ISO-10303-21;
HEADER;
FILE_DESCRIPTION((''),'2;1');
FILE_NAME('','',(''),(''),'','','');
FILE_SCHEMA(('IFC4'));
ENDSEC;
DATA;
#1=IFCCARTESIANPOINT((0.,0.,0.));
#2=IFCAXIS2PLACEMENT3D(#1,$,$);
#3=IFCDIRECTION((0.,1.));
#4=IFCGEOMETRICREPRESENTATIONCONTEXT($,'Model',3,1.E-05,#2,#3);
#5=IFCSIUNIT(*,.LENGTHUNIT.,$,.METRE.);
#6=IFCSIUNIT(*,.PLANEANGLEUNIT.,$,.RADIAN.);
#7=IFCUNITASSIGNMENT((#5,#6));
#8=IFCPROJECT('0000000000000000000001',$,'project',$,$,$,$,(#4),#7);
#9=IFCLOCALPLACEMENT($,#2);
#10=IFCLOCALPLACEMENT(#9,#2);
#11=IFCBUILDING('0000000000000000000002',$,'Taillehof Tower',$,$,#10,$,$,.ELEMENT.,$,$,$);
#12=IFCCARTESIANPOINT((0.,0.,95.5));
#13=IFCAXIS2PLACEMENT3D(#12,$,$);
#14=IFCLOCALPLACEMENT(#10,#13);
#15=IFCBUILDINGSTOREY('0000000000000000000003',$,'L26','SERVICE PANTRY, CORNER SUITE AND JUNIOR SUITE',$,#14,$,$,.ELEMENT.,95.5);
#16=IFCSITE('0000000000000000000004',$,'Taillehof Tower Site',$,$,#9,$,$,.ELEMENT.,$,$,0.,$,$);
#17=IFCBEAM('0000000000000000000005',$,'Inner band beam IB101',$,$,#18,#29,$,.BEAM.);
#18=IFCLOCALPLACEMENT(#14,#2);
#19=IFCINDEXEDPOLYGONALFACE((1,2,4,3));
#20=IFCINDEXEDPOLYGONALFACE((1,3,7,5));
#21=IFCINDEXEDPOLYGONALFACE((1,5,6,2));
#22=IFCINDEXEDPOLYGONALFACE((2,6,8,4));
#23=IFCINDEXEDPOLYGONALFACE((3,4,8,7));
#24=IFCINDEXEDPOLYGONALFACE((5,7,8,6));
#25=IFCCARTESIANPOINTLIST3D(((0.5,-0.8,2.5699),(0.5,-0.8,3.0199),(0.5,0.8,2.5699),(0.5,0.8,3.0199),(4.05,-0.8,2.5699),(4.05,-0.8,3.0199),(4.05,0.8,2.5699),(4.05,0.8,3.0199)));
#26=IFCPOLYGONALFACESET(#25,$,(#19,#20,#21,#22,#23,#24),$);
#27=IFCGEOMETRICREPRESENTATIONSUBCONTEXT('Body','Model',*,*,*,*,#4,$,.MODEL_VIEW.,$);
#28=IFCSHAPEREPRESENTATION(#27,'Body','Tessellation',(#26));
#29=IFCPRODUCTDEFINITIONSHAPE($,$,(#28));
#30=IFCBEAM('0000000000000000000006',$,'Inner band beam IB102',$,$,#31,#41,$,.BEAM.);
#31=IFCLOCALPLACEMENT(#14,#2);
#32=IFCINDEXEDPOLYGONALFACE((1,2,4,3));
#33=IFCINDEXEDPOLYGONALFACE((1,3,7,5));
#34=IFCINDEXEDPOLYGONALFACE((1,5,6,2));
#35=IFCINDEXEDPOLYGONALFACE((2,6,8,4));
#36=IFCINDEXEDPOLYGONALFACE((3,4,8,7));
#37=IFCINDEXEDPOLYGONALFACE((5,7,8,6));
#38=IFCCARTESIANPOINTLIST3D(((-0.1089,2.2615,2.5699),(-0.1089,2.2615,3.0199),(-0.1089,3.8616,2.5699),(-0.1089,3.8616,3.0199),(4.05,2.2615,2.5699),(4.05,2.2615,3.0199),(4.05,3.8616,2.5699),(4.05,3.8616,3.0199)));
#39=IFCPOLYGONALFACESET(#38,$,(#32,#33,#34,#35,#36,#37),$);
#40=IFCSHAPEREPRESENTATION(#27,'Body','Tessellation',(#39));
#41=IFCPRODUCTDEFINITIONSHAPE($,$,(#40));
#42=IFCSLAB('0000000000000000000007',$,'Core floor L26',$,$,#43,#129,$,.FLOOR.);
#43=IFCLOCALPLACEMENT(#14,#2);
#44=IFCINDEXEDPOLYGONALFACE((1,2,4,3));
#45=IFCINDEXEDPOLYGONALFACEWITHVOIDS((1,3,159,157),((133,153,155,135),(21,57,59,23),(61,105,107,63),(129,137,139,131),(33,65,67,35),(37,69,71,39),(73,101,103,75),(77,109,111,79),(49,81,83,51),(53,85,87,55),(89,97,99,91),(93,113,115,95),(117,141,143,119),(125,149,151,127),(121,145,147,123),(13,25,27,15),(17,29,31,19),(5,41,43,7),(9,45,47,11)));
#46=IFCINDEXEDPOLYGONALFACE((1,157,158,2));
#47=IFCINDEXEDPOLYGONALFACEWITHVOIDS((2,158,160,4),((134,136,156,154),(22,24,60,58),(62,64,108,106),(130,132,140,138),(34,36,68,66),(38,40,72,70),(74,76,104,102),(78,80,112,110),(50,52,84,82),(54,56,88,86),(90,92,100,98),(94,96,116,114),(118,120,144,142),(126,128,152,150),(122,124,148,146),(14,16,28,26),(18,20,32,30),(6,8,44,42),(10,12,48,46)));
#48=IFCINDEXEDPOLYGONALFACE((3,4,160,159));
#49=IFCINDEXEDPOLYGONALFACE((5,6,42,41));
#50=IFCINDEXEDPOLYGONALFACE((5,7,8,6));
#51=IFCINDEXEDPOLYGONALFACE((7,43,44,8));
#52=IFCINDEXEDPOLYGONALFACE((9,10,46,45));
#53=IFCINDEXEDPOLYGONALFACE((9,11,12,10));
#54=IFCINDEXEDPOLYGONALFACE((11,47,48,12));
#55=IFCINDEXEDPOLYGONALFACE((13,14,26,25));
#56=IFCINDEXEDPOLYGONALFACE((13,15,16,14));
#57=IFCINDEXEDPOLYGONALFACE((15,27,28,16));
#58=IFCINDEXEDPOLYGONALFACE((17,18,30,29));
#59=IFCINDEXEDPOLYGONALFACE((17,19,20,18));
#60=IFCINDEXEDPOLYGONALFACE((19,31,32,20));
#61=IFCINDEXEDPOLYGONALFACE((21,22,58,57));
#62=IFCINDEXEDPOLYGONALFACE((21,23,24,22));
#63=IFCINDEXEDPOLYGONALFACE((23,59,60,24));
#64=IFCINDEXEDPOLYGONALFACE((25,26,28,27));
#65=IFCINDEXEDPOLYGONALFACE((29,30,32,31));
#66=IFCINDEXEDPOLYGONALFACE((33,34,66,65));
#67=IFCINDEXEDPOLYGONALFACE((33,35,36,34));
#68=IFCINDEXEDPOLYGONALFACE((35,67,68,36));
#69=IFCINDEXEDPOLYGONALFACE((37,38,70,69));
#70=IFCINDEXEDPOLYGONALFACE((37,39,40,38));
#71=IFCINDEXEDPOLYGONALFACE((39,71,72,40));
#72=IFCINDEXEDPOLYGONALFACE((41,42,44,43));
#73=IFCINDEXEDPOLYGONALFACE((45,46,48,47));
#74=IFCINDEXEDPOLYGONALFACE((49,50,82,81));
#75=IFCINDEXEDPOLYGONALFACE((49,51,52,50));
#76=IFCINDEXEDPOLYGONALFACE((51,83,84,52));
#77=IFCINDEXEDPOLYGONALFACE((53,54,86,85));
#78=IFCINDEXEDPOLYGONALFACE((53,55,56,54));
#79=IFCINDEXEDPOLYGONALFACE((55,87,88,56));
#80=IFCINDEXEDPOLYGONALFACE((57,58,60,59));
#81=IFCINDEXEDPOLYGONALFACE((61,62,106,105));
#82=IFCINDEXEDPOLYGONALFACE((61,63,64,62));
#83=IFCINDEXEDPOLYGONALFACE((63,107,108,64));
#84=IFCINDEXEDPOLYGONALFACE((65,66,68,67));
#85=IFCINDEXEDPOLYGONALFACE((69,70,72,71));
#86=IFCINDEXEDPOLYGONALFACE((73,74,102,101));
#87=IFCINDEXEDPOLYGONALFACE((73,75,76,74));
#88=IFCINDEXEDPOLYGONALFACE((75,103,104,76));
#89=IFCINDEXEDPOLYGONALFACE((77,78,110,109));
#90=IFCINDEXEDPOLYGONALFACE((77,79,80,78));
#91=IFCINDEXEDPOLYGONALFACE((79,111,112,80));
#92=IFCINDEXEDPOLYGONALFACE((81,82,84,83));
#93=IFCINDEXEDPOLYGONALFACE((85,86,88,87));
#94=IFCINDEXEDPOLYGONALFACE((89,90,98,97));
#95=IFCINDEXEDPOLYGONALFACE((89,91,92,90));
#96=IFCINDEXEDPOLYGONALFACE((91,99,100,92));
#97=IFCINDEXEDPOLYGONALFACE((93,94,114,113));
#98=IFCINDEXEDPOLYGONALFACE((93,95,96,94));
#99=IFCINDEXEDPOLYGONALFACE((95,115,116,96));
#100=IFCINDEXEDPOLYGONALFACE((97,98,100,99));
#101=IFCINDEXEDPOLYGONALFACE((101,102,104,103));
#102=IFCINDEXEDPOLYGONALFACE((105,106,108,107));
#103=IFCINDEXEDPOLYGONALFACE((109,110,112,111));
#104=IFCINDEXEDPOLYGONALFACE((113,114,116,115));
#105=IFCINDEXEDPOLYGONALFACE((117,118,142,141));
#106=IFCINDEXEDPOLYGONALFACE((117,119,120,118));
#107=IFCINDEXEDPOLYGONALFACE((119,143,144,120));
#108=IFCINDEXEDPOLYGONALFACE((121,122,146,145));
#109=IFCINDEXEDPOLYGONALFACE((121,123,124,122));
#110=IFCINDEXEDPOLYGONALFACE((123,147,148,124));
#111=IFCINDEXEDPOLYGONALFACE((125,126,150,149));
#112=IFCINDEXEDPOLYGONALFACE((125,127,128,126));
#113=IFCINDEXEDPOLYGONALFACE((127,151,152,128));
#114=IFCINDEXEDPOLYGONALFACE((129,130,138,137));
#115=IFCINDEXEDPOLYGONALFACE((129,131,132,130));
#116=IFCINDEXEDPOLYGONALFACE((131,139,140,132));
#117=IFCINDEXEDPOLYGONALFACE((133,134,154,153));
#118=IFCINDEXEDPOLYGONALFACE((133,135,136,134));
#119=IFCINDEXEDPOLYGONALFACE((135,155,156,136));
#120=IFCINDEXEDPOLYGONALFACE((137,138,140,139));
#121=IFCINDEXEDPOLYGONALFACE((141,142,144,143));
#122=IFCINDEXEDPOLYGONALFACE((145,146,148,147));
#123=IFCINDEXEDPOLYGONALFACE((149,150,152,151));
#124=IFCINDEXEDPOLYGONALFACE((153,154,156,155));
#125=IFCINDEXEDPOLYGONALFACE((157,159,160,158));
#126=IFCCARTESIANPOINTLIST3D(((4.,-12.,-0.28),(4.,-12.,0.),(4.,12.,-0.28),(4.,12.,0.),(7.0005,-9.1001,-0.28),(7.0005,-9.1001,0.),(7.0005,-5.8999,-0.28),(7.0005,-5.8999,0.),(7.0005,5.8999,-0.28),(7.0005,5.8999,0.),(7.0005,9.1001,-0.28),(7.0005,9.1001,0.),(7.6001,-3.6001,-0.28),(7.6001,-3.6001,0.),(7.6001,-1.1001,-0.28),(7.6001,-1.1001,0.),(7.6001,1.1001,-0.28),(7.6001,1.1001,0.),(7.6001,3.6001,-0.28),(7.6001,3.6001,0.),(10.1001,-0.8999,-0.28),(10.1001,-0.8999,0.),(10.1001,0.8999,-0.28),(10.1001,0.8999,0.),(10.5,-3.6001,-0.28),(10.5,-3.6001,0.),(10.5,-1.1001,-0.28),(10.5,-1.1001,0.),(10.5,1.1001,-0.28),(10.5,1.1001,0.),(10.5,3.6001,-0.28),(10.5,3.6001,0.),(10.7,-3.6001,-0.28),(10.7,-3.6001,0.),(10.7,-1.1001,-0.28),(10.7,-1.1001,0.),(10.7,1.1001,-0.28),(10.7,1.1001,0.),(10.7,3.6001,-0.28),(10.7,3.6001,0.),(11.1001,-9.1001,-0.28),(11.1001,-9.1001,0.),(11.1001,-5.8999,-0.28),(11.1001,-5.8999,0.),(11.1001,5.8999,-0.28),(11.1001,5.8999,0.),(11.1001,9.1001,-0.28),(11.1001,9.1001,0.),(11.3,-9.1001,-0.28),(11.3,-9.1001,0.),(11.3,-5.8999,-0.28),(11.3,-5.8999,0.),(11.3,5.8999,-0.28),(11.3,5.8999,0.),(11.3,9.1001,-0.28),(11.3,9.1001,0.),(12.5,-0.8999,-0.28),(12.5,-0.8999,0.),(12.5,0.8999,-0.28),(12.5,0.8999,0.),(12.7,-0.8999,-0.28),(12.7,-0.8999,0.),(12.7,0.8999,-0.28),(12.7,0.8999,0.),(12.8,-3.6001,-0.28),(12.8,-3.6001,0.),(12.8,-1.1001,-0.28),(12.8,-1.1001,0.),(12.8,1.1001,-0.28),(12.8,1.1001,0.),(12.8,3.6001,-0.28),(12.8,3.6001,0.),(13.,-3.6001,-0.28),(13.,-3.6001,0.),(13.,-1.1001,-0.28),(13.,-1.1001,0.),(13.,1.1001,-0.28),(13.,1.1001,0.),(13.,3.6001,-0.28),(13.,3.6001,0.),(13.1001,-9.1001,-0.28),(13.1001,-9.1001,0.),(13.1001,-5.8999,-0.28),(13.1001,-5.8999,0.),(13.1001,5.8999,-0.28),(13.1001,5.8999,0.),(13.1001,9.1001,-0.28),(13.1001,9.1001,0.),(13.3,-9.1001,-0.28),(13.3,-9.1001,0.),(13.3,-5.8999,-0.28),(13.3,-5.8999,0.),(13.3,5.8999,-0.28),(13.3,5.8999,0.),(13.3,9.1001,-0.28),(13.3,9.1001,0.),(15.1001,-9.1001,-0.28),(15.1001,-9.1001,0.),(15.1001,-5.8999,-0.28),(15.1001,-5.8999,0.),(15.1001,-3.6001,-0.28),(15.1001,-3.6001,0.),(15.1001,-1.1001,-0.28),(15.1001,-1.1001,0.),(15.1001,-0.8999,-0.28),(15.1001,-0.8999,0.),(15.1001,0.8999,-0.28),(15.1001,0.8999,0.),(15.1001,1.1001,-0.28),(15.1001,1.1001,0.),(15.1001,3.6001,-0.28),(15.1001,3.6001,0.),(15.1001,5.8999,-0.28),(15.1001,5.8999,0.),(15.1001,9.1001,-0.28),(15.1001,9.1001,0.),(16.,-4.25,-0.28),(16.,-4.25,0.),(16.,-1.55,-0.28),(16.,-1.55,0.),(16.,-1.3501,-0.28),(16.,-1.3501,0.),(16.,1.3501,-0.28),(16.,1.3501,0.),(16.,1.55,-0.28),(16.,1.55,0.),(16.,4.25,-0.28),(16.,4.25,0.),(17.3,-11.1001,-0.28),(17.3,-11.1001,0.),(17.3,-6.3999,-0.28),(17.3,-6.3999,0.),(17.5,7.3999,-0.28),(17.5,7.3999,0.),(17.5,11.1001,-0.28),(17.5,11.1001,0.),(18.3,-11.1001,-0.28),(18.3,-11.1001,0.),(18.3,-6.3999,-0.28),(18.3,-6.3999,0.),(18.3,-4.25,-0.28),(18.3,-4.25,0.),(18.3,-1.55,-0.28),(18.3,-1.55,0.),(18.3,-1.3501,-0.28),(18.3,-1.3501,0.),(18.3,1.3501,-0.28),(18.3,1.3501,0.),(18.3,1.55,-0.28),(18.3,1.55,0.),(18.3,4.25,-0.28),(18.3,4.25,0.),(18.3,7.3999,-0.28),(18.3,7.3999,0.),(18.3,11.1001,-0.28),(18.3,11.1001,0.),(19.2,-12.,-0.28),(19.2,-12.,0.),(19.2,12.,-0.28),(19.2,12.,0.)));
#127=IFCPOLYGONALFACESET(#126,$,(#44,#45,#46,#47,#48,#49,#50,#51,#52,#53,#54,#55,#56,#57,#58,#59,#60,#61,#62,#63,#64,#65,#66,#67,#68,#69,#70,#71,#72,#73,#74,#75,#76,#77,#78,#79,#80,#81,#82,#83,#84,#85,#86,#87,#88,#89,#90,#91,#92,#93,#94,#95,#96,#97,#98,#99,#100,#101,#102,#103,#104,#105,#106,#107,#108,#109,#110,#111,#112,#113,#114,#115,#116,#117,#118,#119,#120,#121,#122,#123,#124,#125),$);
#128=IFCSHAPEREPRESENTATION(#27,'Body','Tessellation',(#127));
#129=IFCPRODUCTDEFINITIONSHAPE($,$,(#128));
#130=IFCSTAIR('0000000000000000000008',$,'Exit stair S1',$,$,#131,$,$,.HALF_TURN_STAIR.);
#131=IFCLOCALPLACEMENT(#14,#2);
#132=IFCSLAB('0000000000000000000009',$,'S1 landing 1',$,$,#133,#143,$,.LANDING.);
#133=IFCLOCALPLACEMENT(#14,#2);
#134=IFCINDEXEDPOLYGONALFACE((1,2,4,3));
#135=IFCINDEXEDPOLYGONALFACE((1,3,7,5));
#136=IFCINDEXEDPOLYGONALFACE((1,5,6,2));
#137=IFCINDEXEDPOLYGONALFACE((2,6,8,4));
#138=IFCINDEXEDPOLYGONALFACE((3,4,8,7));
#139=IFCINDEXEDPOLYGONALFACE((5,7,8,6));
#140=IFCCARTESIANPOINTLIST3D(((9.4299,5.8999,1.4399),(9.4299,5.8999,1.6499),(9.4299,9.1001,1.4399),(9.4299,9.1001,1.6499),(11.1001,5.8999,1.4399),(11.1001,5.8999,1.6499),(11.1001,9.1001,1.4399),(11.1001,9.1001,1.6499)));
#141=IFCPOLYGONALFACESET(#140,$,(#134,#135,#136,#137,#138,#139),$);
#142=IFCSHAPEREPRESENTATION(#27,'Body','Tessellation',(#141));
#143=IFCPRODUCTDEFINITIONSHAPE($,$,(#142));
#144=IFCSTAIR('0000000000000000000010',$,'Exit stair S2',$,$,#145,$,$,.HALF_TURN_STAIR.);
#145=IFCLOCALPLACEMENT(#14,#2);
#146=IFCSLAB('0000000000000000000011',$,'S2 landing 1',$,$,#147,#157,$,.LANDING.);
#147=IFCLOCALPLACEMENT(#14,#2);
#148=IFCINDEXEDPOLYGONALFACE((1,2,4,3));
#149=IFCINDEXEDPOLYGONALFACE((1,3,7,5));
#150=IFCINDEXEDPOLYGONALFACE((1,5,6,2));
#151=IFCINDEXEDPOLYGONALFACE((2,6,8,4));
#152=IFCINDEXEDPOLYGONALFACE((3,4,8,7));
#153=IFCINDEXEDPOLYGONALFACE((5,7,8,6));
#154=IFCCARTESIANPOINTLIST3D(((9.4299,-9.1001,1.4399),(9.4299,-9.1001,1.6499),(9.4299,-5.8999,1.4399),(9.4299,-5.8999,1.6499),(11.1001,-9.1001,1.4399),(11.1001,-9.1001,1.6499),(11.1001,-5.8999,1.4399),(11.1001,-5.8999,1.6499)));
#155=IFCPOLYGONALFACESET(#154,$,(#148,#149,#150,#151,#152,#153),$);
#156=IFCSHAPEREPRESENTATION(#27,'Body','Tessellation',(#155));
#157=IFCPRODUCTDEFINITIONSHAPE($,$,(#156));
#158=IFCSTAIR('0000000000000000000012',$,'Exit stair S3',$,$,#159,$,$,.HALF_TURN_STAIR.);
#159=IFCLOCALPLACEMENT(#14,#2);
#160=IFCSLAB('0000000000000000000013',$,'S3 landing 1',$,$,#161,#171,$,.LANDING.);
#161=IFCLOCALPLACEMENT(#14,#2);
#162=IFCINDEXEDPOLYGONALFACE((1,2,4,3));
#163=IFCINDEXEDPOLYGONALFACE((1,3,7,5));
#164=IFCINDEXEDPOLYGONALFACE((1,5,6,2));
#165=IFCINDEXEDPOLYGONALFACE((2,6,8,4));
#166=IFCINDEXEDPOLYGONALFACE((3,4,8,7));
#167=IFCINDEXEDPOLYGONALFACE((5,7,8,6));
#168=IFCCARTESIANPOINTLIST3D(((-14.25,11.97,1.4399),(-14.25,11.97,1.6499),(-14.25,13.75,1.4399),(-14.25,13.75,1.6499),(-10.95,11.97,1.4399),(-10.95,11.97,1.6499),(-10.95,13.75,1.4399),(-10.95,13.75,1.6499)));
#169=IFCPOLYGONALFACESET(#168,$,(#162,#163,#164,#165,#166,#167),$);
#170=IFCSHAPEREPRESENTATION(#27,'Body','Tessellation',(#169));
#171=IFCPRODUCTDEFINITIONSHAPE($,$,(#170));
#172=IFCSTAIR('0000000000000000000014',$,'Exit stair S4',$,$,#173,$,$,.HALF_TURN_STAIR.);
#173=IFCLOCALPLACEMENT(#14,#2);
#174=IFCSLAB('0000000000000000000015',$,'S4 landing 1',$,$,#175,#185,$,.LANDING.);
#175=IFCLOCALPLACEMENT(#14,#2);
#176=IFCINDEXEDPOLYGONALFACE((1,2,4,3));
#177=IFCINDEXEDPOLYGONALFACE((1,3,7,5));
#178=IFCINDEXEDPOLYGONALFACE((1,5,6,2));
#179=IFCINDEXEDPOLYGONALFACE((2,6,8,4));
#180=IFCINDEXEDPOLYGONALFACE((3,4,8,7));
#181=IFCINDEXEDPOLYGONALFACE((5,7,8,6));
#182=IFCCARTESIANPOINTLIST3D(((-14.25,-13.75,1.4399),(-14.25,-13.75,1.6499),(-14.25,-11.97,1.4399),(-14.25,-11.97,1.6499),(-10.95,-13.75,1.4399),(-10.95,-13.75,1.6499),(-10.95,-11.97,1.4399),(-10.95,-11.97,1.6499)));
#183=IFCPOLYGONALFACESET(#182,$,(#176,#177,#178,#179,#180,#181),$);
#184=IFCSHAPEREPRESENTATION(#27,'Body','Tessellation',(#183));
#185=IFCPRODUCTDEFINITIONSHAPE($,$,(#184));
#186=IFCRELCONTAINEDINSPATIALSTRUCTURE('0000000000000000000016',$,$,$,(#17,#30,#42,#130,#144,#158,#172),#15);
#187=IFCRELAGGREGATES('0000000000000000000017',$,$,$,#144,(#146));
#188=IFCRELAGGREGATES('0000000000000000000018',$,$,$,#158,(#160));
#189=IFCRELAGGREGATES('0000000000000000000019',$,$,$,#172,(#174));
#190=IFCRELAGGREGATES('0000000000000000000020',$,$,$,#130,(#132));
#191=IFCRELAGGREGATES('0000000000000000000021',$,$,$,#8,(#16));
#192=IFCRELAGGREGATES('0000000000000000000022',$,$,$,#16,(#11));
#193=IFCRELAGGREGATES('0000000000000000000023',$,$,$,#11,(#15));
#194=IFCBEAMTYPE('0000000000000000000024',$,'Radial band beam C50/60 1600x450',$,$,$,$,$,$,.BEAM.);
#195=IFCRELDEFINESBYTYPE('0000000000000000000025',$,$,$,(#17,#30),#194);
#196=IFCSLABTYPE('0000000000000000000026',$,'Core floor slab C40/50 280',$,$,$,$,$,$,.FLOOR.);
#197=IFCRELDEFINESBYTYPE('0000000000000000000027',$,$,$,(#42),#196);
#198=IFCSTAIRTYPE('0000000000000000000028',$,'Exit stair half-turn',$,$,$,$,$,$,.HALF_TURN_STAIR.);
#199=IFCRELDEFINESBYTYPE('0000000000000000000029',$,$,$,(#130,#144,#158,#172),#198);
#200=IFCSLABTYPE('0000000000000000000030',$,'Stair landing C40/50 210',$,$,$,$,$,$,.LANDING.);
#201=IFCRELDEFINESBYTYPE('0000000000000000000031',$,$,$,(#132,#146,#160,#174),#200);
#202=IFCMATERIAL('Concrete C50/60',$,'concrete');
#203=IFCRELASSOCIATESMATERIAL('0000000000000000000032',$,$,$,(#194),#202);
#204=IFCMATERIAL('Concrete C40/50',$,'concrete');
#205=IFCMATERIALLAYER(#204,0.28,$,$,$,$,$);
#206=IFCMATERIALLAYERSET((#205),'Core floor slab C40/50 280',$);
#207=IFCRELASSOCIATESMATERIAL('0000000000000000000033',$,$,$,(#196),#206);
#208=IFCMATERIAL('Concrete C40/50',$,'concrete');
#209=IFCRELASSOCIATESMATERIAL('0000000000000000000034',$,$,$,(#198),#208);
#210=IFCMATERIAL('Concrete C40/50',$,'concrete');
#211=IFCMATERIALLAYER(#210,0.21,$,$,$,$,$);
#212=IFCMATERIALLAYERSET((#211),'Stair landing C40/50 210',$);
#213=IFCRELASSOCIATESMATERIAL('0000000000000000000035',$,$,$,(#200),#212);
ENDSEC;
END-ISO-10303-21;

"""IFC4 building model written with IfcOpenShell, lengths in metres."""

from ifc_helpers import new_model, si_unit, direction, frame, origin, origin_2d, place, context, subcontext, project, spatial, polyline, rectangle, outline, extrude, material, layer, layer_set, material_profile, profile_set, type_object, element, aggregate, save


model = new_model("IFC4")

# Units and contexts
model_context = context("Model", 3, precision=1e-05, world=origin(), true_north=direction((0.0, 1.0)))
body_context = subcontext(model_context, "Body", "Model", "MODEL_VIEW")
ifc_project = project(units=[si_unit("LENGTHUNIT", "METRE"), si_unit("PLANEANGLEUNIT", "RADIAN")], contexts=[model_context])

# Site, building, storey
site_placement = place(None, origin())
site = spatial("IfcSite", under=ifc_project, at=site_placement, Name="Taillehof Tower Site", CompositionType="ELEMENT", RefElevation=0.0)
building_placement = place(site_placement, origin())
building = spatial("IfcBuilding", under=site, at=building_placement, Name="Taillehof Tower", CompositionType="ELEMENT")
storey_placement = place(building_placement, frame((0.0, 0.0, 95.5)))
storey = spatial("IfcBuildingStorey", under=building, at=storey_placement, Name="L26", Description="SERVICE PANTRY, CORNER SUITE AND JUNIOR SUITE", CompositionType="ELEMENT", Elevation=95.5)

# Beams
ifc_material_1 = material(Name="Concrete C50/60", Category="concrete")
ifc_material_profile = material_profile(ifc_material_1, rectangle(XDim=1.6001, YDim=0.45, at=origin_2d()), Name="RC 1600x450")
ifc_profile_set = profile_set([ifc_material_profile], Name="Concrete C50/60")
beam_type = type_object("IfcBeamType", Name="Radial band beam C50/60 1600x450", PredefinedType="BEAM", material=ifc_profile_set)
beam_1_placement = place(storey_placement, frame((0.5, 0.0, 2.7949), z_axis=(1.0, 0.0, 0.0), x_axis=(0.0, 1.0, 0.0)))
element("IfcBeam", 1, at=beam_1_placement, inside=storey, type_object=beam_type, Name="Inner band beam IB101", PredefinedType="BEAM", context=body_context, shape_type="SweptSolid", body=[
    extrude(rectangle(XDim=1.6001, YDim=0.45, at=origin_2d()), origin(), (0.0, 0.0, 1.0), 3.55),
])
beam_2_placement = place(storey_placement, frame((-0.1089, 3.0615, 2.7949), z_axis=(1.0, 0.0, 0.0), x_axis=(0.0, 1.0, 0.0)))
element("IfcBeam", 2, at=beam_2_placement, inside=storey, type_object=beam_type, Name="Inner band beam IB102", PredefinedType="BEAM", context=body_context, shape_type="SweptSolid", body=[
    extrude(rectangle(XDim=1.6001, YDim=0.45, at=origin_2d()), origin(), (0.0, 0.0, 1.0), 4.1589),
])

# Slab
ifc_material_2 = material(Name="Concrete C40/50", Category="concrete")
ifc_layer_1 = layer(ifc_material_2, 0.28)
ifc_layer_set_1 = layer_set([ifc_layer_1], Name="Core floor slab C40/50 280")
slab_type_1 = type_object("IfcSlabType", Name="Core floor slab C40/50 280", PredefinedType="FLOOR", material=ifc_layer_set_1)
slab_1_placement = place(storey_placement, frame((0.0, 0.0, -0.28)))
element("IfcSlab", 3, at=slab_1_placement, inside=storey, type_object=slab_type_1, Name="Core floor L26", PredefinedType="FLOOR", context=body_context, shape_type="SweptSolid", body=[
    extrude(outline(polyline([(4.0, -12.0), (4.0, 12.0), (19.2, 12.0), (19.2, -12.0), (4.0, -12.0)]), holes=[polyline([(7.0005, -9.1001), (11.1001, -9.1001), (11.1001, -5.8999), (7.0005, -5.8999), (7.0005, -9.1001)]), polyline([(13.1001, -9.1001), (13.1001, -5.8999), (11.3, -5.8999), (11.3, -9.1001), (13.1001, -9.1001)]), polyline([(10.5, -3.6001), (10.5, -1.1001), (7.6001, -1.1001), (7.6001, -3.6001), (10.5, -3.6001)]), polyline([(12.8, -3.6001), (12.8, -1.1001), (10.7, -1.1001), (10.7, -3.6001), (12.8, -3.6001)]), polyline([(12.5, -0.8999), (12.5, 0.8999), (10.1001, 0.8999), (10.1001, -0.8999), (12.5, -0.8999)]), polyline([(15.1001, -0.8999), (15.1001, 0.8999), (12.7, 0.8999), (12.7, -0.8999), (15.1001, -0.8999)]), polyline([(10.5, 1.1001), (10.5, 3.6001), (7.6001, 3.6001), (7.6001, 1.1001), (10.5, 1.1001)]), polyline([(10.7, 1.1001), (12.8, 1.1001), (12.8, 3.6001), (10.7, 3.6001), (10.7, 1.1001)]), polyline([(11.3, 5.8999), (13.1001, 5.8999), (13.1001, 9.1001), (11.3, 9.1001), (11.3, 5.8999)]), polyline([(11.1001, 5.8999), (11.1001, 9.1001), (7.0005, 9.1001), (7.0005, 5.8999), (11.1001, 5.8999)]), polyline([(18.3, -11.1001), (18.3, -6.3999), (17.3, -6.3999), (17.3, -11.1001), (18.3, -11.1001)]), polyline([(15.1001, -9.1001), (15.1001, -5.8999), (13.3, -5.8999), (13.3, -9.1001), (15.1001, -9.1001)]), polyline([(16.0, -4.25), (18.3, -4.25), (18.3, -1.55), (16.0, -1.55), (16.0, -4.25)]), polyline([(13.0, -3.6001), (15.1001, -3.6001), (15.1001, -1.1001), (13.0, -1.1001), (13.0, -3.6001)]), polyline([(18.3, -1.3501), (18.3, 1.3501), (16.0, 1.3501), (16.0, -1.3501), (18.3, -1.3501)]), polyline([(15.1001, 1.1001), (15.1001, 3.6001), (13.0, 3.6001), (13.0, 1.1001), (15.1001, 1.1001)]), polyline([(18.3, 1.55), (18.3, 4.25), (16.0, 4.25), (16.0, 1.55), (18.3, 1.55)]), polyline([(13.3, 5.8999), (15.1001, 5.8999), (15.1001, 9.1001), (13.3, 9.1001), (13.3, 5.8999)]), polyline([(17.5, 7.3999), (18.3, 7.3999), (18.3, 11.1001), (17.5, 11.1001), (17.5, 7.3999)])]), origin(), (0.0, 0.0, 1.0), 0.28),
])

# Stairs, slabs
ifc_material_3 = material(Name="Concrete C40/50", Category="concrete")
stair_type = type_object("IfcStairType", Name="Exit stair half-turn", PredefinedType="HALF_TURN_STAIR", material=ifc_material_3)
stair_1_placement = place(storey_placement, origin())
stair_1 = element("IfcStair", 4, at=stair_1_placement, inside=storey, type_object=stair_type, Name="Exit stair S1", PredefinedType="HALF_TURN_STAIR")
ifc_material_4 = material(Name="Concrete C40/50", Category="concrete")
ifc_layer_2 = layer(ifc_material_4, 0.21)
ifc_layer_set_2 = layer_set([ifc_layer_2], Name="Stair landing C40/50 210")
slab_type_2 = type_object("IfcSlabType", Name="Stair landing C40/50 210", PredefinedType="LANDING", material=ifc_layer_set_2)
slab_2_placement = place(storey_placement, frame((0.0, 0.0, 1.4399)))
slab_2 = element("IfcSlab", 5, at=slab_2_placement, type_object=slab_type_2, Name="S1 landing 1", PredefinedType="LANDING", context=body_context, shape_type="SweptSolid", body=[
    extrude(outline(polyline([(9.4299, 5.8999), (11.1001, 5.8999), (11.1001, 9.1001), (9.4299, 9.1001), (9.4299, 5.8999)])), origin(), (0.0, 0.0, 1.0), 0.21),
])
stair_2_placement = place(storey_placement, origin())
stair_2 = element("IfcStair", 6, at=stair_2_placement, inside=storey, type_object=stair_type, Name="Exit stair S2", PredefinedType="HALF_TURN_STAIR")
slab_3_placement = place(storey_placement, frame((0.0, 0.0, 1.4399)))
slab_3 = element("IfcSlab", 7, at=slab_3_placement, type_object=slab_type_2, Name="S2 landing 1", PredefinedType="LANDING", context=body_context, shape_type="SweptSolid", body=[
    extrude(outline(polyline([(9.4299, -5.8999), (11.1001, -5.8999), (11.1001, -9.1001), (9.4299, -9.1001), (9.4299, -5.8999)])), origin(), (0.0, 0.0, 1.0), 0.21),
])
aggregate(stair_2, [slab_3])
stair_3_placement = place(storey_placement, origin())
stair_3 = element("IfcStair", 8, at=stair_3_placement, inside=storey, type_object=stair_type, Name="Exit stair S3", PredefinedType="HALF_TURN_STAIR")
slab_4_placement = place(storey_placement, frame((0.0, 0.0, 1.4399)))
slab_4 = element("IfcSlab", 9, at=slab_4_placement, type_object=slab_type_2, Name="S3 landing 1", PredefinedType="LANDING", context=body_context, shape_type="SweptSolid", body=[
    extrude(outline(polyline([(-14.25, 11.97), (-14.25, 13.75), (-10.95, 13.75), (-10.95, 11.97), (-14.25, 11.97)])), origin(), (0.0, 0.0, 1.0), 0.21),
])
aggregate(stair_3, [slab_4])
stair_4_placement = place(storey_placement, origin())
stair_4 = element("IfcStair", 10, at=stair_4_placement, inside=storey, type_object=stair_type, Name="Exit stair S4", PredefinedType="HALF_TURN_STAIR")
slab_5_placement = place(storey_placement, frame((0.0, 0.0, 1.4399)))
slab_5 = element("IfcSlab", 11, at=slab_5_placement, type_object=slab_type_2, Name="S4 landing 1", PredefinedType="LANDING", context=body_context, shape_type="SweptSolid", body=[
    extrude(outline(polyline([(-14.25, -11.97), (-14.25, -13.75), (-10.95, -13.75), (-10.95, -11.97), (-14.25, -11.97)])), origin(), (0.0, 0.0, 1.0), 0.21),
])
aggregate(stair_4, [slab_5])

aggregate(stair_1, [slab_2])

save(model, "model.ifc")
